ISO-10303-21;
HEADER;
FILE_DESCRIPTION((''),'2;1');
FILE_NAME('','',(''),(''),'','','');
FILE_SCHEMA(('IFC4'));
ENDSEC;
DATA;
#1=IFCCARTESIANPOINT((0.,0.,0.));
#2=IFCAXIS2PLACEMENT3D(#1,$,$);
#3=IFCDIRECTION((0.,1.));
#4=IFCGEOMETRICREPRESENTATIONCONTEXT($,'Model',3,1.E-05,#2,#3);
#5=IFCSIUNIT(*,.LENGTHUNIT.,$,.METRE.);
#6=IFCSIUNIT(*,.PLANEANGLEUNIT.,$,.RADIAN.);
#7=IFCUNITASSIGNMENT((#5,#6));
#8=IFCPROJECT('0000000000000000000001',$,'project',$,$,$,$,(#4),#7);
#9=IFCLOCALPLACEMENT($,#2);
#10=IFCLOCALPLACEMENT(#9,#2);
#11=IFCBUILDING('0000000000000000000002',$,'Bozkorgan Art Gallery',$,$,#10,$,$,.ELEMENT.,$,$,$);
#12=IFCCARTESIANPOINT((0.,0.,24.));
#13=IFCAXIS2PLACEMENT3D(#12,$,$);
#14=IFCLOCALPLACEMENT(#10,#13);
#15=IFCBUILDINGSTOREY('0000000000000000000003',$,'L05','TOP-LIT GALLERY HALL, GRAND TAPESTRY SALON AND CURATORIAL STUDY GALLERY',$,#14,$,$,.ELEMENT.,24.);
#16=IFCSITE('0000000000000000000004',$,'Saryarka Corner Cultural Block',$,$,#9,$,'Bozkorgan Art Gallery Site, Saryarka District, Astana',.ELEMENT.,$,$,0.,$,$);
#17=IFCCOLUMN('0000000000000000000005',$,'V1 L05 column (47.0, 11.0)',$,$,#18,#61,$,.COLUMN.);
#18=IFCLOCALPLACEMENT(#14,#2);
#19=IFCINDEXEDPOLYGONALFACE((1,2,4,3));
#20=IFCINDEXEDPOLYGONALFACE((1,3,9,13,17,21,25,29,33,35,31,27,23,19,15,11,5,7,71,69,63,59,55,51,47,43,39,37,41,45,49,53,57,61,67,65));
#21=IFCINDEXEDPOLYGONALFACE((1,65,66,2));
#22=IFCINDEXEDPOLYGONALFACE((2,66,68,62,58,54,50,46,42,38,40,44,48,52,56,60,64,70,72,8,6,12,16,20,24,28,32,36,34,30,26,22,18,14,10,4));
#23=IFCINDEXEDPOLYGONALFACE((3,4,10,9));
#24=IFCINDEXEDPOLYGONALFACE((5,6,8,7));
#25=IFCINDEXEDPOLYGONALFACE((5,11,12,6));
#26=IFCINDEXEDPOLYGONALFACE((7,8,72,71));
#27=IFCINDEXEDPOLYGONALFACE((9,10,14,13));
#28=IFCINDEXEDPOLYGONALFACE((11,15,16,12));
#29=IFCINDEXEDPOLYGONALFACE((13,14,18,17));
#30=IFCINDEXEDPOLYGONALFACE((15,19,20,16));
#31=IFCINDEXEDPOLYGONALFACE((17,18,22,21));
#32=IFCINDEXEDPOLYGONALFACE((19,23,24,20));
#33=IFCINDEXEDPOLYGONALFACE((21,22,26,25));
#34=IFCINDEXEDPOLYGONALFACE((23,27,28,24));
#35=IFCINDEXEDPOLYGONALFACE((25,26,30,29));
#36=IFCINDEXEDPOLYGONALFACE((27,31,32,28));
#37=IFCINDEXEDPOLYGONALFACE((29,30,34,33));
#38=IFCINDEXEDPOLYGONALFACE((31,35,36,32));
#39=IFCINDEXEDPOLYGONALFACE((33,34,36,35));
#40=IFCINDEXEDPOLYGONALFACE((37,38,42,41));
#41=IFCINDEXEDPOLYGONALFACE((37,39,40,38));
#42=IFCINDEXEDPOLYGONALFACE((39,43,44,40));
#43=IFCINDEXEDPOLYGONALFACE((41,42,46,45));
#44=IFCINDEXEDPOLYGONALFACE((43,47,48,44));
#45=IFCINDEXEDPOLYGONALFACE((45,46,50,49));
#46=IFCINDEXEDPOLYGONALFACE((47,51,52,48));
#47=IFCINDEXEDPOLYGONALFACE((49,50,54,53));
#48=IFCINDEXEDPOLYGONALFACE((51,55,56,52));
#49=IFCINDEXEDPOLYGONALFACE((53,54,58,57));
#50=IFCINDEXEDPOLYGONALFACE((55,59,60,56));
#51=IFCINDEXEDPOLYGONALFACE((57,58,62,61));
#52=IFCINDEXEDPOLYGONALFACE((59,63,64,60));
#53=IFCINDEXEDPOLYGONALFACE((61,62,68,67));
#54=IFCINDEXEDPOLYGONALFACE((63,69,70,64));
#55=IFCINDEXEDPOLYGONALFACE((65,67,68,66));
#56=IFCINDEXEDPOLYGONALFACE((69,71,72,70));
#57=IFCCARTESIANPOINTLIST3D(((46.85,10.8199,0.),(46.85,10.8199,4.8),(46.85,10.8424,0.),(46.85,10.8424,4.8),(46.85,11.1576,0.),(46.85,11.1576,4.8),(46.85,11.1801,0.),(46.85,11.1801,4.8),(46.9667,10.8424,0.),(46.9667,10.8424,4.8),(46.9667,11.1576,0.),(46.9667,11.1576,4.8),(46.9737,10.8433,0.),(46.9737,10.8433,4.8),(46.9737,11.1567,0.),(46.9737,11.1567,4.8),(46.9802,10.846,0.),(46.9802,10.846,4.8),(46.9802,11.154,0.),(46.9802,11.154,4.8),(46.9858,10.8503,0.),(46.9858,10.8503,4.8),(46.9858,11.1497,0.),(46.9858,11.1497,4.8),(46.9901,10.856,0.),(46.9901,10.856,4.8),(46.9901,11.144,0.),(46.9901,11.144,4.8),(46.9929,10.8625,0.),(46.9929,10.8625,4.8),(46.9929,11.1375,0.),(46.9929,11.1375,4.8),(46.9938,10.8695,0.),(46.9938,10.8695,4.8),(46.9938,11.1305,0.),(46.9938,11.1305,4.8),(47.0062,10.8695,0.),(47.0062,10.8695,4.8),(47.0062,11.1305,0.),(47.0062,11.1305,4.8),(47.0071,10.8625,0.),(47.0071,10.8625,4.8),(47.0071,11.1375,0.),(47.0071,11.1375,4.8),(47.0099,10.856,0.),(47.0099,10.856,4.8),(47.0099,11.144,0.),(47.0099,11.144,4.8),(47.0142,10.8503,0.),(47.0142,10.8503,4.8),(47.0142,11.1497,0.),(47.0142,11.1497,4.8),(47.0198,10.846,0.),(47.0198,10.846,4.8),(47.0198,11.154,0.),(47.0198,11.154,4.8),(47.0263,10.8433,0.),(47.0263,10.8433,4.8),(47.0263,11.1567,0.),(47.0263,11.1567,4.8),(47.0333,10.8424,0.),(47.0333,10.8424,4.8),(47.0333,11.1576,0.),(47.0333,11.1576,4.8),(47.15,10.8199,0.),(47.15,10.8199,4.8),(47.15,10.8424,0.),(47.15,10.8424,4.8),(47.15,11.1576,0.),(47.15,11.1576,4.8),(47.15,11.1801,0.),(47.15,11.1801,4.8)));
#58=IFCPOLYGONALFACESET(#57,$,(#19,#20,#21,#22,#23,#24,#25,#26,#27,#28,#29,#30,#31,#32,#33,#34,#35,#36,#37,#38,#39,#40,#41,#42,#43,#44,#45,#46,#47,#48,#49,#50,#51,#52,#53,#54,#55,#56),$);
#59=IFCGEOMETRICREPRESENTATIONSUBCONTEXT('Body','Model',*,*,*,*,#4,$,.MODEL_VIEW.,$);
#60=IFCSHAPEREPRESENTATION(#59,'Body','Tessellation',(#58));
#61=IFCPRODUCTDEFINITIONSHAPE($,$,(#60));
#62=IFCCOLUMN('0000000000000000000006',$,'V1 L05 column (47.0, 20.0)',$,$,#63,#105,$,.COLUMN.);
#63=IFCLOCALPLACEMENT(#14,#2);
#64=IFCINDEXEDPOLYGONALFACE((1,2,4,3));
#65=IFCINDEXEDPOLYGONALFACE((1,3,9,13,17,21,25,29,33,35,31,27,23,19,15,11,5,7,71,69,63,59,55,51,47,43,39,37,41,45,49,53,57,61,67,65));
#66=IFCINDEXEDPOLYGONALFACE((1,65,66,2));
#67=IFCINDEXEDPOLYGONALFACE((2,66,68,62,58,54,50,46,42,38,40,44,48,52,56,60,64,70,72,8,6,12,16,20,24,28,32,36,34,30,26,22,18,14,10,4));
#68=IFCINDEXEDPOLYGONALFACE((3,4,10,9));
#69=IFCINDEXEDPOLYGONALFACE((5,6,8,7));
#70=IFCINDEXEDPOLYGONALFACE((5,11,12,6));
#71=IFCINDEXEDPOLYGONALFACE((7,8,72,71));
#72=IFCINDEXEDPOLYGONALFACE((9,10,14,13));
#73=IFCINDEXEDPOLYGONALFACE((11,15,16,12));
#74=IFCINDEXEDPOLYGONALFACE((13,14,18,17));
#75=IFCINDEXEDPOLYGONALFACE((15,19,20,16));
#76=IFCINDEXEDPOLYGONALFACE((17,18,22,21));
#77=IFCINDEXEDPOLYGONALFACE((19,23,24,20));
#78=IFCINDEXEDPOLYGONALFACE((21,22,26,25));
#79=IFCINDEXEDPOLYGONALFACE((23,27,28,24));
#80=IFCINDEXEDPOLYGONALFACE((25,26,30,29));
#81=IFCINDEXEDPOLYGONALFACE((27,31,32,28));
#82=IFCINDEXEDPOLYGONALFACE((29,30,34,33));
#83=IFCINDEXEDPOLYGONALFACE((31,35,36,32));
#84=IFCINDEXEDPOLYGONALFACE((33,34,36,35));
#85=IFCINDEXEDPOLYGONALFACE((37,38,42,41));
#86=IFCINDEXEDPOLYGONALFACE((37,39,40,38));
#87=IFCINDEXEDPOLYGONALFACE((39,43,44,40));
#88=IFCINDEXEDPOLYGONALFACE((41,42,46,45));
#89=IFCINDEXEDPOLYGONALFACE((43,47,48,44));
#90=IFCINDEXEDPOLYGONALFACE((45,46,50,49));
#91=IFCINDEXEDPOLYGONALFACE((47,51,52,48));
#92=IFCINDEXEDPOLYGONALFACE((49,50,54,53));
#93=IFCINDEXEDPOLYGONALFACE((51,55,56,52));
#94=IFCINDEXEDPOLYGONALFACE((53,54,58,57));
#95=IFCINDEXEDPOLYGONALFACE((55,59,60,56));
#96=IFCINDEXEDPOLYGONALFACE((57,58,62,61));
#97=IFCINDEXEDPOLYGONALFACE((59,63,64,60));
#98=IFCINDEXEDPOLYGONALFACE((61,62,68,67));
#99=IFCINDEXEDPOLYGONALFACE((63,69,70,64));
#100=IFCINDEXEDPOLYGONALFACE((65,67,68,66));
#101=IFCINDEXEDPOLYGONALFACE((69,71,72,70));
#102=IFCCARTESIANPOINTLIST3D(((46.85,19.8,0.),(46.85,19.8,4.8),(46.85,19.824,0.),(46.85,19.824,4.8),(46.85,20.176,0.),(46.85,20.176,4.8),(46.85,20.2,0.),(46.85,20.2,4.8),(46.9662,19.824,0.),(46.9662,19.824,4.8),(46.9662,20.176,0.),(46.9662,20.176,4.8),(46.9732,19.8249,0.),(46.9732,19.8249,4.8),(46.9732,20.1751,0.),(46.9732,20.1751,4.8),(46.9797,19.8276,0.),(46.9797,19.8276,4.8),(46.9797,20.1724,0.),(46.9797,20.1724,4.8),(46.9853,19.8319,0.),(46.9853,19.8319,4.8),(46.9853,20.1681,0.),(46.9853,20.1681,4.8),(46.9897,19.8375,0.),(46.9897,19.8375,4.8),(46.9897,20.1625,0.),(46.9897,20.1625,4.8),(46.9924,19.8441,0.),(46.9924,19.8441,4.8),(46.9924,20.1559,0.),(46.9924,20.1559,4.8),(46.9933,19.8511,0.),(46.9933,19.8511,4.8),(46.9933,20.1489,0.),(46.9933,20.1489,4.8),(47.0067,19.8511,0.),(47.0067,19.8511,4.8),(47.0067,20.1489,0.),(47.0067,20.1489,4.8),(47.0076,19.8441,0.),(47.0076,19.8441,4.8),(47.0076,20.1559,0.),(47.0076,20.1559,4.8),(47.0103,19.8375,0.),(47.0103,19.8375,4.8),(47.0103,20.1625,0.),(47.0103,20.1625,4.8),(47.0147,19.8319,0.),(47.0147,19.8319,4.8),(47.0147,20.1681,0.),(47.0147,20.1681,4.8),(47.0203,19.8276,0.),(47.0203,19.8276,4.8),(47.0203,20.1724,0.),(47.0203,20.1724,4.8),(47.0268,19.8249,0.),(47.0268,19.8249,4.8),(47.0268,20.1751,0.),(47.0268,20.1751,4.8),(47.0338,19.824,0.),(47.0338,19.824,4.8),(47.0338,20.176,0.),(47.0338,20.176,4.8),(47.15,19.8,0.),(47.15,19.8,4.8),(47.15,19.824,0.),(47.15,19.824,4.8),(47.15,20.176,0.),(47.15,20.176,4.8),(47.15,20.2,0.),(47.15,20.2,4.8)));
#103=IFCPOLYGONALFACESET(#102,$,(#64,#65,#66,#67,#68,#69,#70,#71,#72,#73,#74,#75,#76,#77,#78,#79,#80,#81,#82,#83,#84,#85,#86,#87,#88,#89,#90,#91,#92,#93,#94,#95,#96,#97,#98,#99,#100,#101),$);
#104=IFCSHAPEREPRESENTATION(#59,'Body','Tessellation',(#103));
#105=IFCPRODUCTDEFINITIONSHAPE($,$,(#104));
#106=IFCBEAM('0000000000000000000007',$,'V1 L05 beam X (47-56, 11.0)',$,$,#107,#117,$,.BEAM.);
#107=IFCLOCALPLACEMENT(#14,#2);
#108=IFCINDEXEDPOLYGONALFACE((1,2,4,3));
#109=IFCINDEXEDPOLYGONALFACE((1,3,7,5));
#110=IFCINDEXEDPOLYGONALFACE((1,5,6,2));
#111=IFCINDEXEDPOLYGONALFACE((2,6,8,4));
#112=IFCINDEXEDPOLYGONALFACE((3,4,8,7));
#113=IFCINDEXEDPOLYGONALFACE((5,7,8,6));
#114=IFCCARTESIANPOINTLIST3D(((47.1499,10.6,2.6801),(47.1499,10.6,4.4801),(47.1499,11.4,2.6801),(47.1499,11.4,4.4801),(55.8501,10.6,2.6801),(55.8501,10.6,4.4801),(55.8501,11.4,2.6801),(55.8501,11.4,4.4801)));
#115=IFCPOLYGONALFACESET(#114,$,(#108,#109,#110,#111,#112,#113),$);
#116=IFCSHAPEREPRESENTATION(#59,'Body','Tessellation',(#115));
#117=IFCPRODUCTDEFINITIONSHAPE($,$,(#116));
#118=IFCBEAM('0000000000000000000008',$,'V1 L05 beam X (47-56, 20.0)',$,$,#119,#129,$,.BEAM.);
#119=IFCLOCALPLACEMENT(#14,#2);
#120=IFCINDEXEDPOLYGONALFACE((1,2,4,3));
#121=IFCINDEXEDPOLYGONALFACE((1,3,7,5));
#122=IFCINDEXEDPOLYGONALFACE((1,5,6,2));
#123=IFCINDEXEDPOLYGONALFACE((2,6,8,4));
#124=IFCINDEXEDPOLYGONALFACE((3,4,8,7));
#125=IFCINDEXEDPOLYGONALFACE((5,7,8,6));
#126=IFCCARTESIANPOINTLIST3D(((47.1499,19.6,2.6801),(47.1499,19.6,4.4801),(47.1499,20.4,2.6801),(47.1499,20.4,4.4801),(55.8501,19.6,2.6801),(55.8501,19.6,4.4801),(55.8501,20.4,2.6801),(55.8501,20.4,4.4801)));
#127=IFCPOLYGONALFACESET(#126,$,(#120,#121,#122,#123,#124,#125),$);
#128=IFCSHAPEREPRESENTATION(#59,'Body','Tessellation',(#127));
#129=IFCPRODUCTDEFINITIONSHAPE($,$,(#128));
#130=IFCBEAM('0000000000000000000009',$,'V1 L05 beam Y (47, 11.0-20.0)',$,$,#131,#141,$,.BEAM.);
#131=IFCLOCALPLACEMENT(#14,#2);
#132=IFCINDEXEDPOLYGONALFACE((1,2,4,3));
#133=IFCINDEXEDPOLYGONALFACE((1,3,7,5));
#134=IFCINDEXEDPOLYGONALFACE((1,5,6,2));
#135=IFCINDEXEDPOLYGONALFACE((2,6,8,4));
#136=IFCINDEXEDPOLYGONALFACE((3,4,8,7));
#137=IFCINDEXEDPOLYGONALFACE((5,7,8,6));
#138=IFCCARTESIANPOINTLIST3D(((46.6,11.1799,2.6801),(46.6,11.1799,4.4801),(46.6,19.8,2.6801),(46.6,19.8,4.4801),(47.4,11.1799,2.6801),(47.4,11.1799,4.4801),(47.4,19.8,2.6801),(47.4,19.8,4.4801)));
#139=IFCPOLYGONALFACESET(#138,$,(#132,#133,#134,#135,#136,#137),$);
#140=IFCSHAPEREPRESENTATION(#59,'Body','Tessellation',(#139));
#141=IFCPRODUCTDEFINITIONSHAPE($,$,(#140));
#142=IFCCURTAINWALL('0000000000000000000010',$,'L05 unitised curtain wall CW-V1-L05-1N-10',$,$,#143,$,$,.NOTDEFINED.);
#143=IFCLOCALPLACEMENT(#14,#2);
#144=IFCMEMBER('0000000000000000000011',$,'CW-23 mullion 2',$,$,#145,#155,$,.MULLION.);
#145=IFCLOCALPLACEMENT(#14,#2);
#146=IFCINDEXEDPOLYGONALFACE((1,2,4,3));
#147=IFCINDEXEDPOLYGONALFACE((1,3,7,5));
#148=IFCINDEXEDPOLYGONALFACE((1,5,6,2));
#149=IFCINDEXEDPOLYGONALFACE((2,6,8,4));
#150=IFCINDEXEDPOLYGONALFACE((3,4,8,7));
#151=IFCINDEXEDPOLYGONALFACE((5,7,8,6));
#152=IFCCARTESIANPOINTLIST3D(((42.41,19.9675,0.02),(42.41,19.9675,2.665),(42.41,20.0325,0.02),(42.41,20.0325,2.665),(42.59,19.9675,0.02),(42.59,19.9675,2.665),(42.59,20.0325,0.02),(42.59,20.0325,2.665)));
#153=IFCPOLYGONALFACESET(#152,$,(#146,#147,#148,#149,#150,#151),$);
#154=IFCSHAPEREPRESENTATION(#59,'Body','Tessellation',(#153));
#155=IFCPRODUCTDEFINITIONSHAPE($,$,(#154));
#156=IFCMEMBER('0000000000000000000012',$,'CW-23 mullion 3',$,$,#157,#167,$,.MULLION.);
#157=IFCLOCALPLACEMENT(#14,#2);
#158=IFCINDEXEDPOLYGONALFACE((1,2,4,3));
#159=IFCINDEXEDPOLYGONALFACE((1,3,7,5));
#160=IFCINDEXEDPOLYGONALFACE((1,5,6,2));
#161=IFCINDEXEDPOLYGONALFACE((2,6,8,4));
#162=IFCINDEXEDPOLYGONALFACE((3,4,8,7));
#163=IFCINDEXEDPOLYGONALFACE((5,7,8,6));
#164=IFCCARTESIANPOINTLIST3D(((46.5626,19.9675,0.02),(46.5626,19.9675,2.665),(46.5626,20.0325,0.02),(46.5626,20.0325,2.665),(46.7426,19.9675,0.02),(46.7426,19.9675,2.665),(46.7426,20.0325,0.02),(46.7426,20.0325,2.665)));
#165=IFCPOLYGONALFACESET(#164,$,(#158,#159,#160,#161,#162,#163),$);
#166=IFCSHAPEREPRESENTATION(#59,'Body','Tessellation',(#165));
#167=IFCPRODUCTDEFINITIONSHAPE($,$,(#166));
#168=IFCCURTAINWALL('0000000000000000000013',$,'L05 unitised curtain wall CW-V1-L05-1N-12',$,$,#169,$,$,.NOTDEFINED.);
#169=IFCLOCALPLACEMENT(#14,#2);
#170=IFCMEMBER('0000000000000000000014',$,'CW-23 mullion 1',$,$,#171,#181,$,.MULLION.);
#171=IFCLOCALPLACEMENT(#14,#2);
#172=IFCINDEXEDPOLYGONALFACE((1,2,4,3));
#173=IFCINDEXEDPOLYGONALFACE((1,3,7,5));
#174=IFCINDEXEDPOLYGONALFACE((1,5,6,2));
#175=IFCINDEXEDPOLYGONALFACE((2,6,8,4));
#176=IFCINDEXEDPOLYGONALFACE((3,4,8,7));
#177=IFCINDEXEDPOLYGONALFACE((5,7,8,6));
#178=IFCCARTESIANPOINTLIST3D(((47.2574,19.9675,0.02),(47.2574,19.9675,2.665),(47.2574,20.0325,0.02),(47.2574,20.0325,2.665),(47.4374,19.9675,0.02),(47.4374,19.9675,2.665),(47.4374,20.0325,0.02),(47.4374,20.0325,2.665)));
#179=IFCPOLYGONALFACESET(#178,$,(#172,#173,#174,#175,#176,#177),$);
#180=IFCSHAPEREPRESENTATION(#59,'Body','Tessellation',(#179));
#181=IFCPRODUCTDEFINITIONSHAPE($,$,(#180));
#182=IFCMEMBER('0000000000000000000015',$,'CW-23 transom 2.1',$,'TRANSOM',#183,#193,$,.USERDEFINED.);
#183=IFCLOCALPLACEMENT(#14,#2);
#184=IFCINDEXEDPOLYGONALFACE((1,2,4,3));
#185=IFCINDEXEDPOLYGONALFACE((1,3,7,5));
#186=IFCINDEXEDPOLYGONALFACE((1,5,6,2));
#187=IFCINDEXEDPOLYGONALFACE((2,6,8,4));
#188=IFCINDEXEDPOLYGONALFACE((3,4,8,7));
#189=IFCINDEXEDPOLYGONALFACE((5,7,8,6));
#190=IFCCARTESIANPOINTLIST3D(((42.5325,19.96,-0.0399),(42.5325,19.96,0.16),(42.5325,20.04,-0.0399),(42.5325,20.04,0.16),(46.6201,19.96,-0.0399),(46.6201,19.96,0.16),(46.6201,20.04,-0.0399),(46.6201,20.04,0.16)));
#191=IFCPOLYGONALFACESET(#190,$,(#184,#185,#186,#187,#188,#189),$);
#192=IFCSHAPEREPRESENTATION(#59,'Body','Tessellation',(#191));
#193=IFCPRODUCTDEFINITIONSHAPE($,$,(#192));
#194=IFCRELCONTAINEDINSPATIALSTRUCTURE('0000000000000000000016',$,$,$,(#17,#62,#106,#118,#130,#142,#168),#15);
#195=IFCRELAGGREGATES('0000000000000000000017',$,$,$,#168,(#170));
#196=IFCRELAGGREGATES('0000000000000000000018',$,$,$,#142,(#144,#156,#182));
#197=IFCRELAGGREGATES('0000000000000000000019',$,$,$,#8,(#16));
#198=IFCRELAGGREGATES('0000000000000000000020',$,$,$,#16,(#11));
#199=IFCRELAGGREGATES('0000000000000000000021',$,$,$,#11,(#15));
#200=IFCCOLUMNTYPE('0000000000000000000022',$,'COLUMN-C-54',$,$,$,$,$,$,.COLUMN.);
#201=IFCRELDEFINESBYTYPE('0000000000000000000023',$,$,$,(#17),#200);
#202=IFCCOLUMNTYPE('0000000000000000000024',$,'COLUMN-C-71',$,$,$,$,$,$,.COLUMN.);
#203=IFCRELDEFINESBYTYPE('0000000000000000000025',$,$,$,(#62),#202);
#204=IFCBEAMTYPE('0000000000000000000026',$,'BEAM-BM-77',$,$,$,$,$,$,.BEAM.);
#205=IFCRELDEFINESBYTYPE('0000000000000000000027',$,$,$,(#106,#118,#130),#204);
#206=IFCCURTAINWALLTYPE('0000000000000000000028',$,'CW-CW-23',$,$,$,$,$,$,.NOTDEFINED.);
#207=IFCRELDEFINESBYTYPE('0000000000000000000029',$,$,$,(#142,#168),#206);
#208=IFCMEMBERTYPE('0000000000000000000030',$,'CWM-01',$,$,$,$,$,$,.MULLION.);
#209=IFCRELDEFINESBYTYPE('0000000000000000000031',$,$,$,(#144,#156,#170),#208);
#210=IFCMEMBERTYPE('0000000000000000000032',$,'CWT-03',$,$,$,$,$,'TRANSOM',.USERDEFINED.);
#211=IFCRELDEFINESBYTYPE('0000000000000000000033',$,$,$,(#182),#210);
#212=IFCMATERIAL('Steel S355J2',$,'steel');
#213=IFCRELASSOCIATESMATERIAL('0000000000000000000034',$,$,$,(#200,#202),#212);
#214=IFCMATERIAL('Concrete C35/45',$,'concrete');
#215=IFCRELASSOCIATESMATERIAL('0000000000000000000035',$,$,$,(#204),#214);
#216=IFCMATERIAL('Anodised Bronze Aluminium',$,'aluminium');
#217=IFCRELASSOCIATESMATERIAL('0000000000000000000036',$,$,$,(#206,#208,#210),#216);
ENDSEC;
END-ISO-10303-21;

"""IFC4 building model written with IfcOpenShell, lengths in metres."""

from ifc_helpers import new_model, si_unit, direction, frame, origin, origin_2d, place, context, subcontext, project, spatial, rectangle, i_section, extrude, material, material_profile, profile_set, type_object, element, aggregate, save


model = new_model("IFC4")

# Units and contexts
model_context = context("Model", 3, precision=1e-05, world=origin(), true_north=direction((0.0, 1.0)))
body_context = subcontext(model_context, "Body", "Model", "MODEL_VIEW")
ifc_project = project(units=[si_unit("LENGTHUNIT", "METRE"), si_unit("PLANEANGLEUNIT", "RADIAN")], contexts=[model_context])

# Site, building, storey
site_placement = place(None, origin())
site = spatial("IfcSite", under=ifc_project, at=site_placement, Name="Saryarka Corner Cultural Block", LongName="Bozkorgan Art Gallery Site, Saryarka District, Astana", CompositionType="ELEMENT", RefElevation=0.0)
building_placement = place(site_placement, origin())
building = spatial("IfcBuilding", under=site, at=building_placement, Name="Bozkorgan Art Gallery", CompositionType="ELEMENT")
storey_placement = place(building_placement, frame((0.0, 0.0, 24.0)))
storey = spatial("IfcBuildingStorey", under=building, at=storey_placement, Name="L05", Description="TOP-LIT GALLERY HALL, GRAND TAPESTRY SALON AND CURATORIAL STUDY GALLERY", CompositionType="ELEMENT", Elevation=24.0)

# Columns
ifc_material_1 = material(Name="Steel S355J2", Category="steel")
ifc_material_profile_1 = material_profile(ifc_material_1, i_section(OverallWidth=0.3, OverallDepth=0.3601, WebThickness=0.0125, FlangeThickness=0.0225, FilletRadius=0.0271, at=origin_2d()), Name="HEB 360")
ifc_profile_set_1 = profile_set([ifc_material_profile_1], Name="Steel S355J2")
column_type_1 = type_object("IfcColumnType", Name="COLUMN-C-54", PredefinedType="COLUMN", material=ifc_profile_set_1)
column_1_placement = place(storey_placement, frame((47.0, 11.0, 0.0), z_axis=(0.0, 0.0, 1.0), x_axis=(1.0, 0.0, 0.0)))
element("IfcColumn", 1, at=column_1_placement, inside=storey, type_object=column_type_1, Name="V1 L05 column (47.0, 11.0)", PredefinedType="COLUMN", context=body_context, shape_type="SweptSolid", body=[
    extrude(i_section(OverallWidth=0.3, OverallDepth=0.3601, WebThickness=0.0125, FlangeThickness=0.0225, FilletRadius=0.0271, at=origin_2d()), origin(), (0.0, 0.0, 1.0), 4.8),
])
ifc_material_profile_2 = material_profile(ifc_material_1, i_section(OverallWidth=0.3, OverallDepth=0.3999, WebThickness=0.0134, FlangeThickness=0.0239, FilletRadius=0.0271, at=origin_2d()), Name="HEB 400")
ifc_profile_set_2 = profile_set([ifc_material_profile_2], Name="Steel S355J2")
column_type_2 = type_object("IfcColumnType", Name="COLUMN-C-71", PredefinedType="COLUMN", material=ifc_profile_set_2)
column_2_placement = place(storey_placement, frame((47.0, 20.0, 0.0), z_axis=(0.0, 0.0, 1.0), x_axis=(1.0, 0.0, 0.0)))
element("IfcColumn", 2, at=column_2_placement, inside=storey, type_object=column_type_2, Name="V1 L05 column (47.0, 20.0)", PredefinedType="COLUMN", context=body_context, shape_type="SweptSolid", body=[
    extrude(i_section(OverallWidth=0.3, OverallDepth=0.3999, WebThickness=0.0134, FlangeThickness=0.0239, FilletRadius=0.0271, at=origin_2d()), origin(), (0.0, 0.0, 1.0), 4.8),
])

# Beams
ifc_material_2 = material(Name="Concrete C35/45", Category="concrete")
ifc_material_profile_3 = material_profile(ifc_material_2, rectangle(XDim=0.8, YDim=1.8, at=origin_2d()), Name="RC 800x1800")
ifc_profile_set_3 = profile_set([ifc_material_profile_3], Name="Concrete C35/45")
beam_type = type_object("IfcBeamType", Name="BEAM-BM-77", PredefinedType="BEAM", material=ifc_profile_set_3)
for number, where, z_axis, x_axis, name in (
    (3, (47.1499, 11.0, 3.5801), (1.0, 0.0, 0.0), (0.0, 1.0, 0.0), "V1 L05 beam X (47-56, 11.0)"),
    (4, (47.1499, 20.0, 3.5801), (1.0, 0.0, 0.0), (0.0, 1.0, 0.0), "V1 L05 beam X (47-56, 20.0)"),
):
    element("IfcBeam", number, at=place(storey_placement, frame(where, z_axis=z_axis, x_axis=x_axis)), inside=storey, type_object=beam_type, Name=name, PredefinedType="BEAM", context=body_context, shape_type="SweptSolid", body=[
        extrude(rectangle(XDim=0.8, YDim=1.8, at=origin_2d()), origin(), (0.0, 0.0, 1.0), 8.7002),
    ])
beam_placement = place(storey_placement, frame((47.0, 11.1799, 3.5801), z_axis=(0.0, 1.0, 0.0), x_axis=(-1.0, 0.0, 0.0)))
element("IfcBeam", 5, at=beam_placement, inside=storey, type_object=beam_type, Name="V1 L05 beam Y (47, 11.0-20.0)", PredefinedType="BEAM", context=body_context, shape_type="SweptSolid", body=[
    extrude(rectangle(XDim=0.8, YDim=1.8, at=origin_2d()), origin(), (0.0, 0.0, 1.0), 8.6201),
])

# Curtain wall, members
ifc_material_3 = material(Name="Anodised Bronze Aluminium", Category="aluminium")
curtain_wall_type = type_object("IfcCurtainWallType", Name="CW-CW-23", PredefinedType="NOTDEFINED", material=ifc_material_3)
curtain_wall_1_placement = place(storey_placement, origin())
curtain_wall_1 = element("IfcCurtainWall", 6, at=curtain_wall_1_placement, inside=storey, type_object=curtain_wall_type, Name="L05 unitised curtain wall CW-V1-L05-1N-10", PredefinedType="NOTDEFINED")
ifc_material_profile_4 = material_profile(ifc_material_3, rectangle(XDim=0.0649, YDim=0.1799, at=origin_2d()), Name="ALU MULLION 65x180")
ifc_profile_set_4 = profile_set([ifc_material_profile_4], Name="Anodised Bronze Aluminium")
member_type_1 = type_object("IfcMemberType", Name="CWM-01", PredefinedType="MULLION", material=ifc_profile_set_4)
member_1_placement = place(storey_placement, frame((42.5, 20.0, 0.02), z_axis=(0.0, 0.0, 1.0), x_axis=(0.0, 1.0, 0.0)))
member_1 = element("IfcMember", 7, at=member_1_placement, type_object=member_type_1, Name="CW-23 mullion 2", PredefinedType="MULLION", context=body_context, shape_type="SweptSolid", body=[
    extrude(rectangle(XDim=0.0649, YDim=0.1799, at=origin_2d()), origin(), (0.0, 0.0, 1.0), 2.645),
])
member_2_placement = place(storey_placement, frame((46.6526, 20.0, 0.02), z_axis=(0.0, 0.0, 1.0), x_axis=(0.0, 1.0, 0.0)))
member_2 = element("IfcMember", 8, at=member_2_placement, type_object=member_type_1, Name="CW-23 mullion 3", PredefinedType="MULLION", context=body_context, shape_type="SweptSolid", body=[
    extrude(rectangle(XDim=0.0649, YDim=0.1799, at=origin_2d()), origin(), (0.0, 0.0, 1.0), 2.645),
])

# Curtain wall, member
curtain_wall_2_placement = place(storey_placement, origin())
curtain_wall_2 = element("IfcCurtainWall", 9, at=curtain_wall_2_placement, inside=storey, type_object=curtain_wall_type, Name="L05 unitised curtain wall CW-V1-L05-1N-12", PredefinedType="NOTDEFINED")
member_3_placement = place(storey_placement, frame((47.3474, 20.0, 0.02), z_axis=(0.0, 0.0, 1.0), x_axis=(0.0, 1.0, 0.0)))
member_3 = element("IfcMember", 10, at=member_3_placement, type_object=member_type_1, Name="CW-23 mullion 1", PredefinedType="MULLION", context=body_context, shape_type="SweptSolid", body=[
    extrude(rectangle(XDim=0.0649, YDim=0.1799, at=origin_2d()), origin(), (0.0, 0.0, 1.0), 2.645),
])

# Member
ifc_material_profile_5 = material_profile(ifc_material_3, rectangle(XDim=0.0801, YDim=0.2, at=origin_2d()), Name="ALU TRANSOM 80x200")
ifc_profile_set_5 = profile_set([ifc_material_profile_5], Name="Anodised Bronze Aluminium")
member_type_2 = type_object("IfcMemberType", Name="CWT-03", ElementType="TRANSOM", PredefinedType="USERDEFINED", material=ifc_profile_set_5)
member_4_placement = place(storey_placement, frame((42.5325, 20.0, 0.0601), z_axis=(1.0, 0.0, 0.0), x_axis=(0.0, 1.0, 0.0)))
member_4 = element("IfcMember", 11, at=member_4_placement, type_object=member_type_2, Name="CW-23 transom 2.1", ObjectType="TRANSOM", PredefinedType="USERDEFINED", context=body_context, shape_type="SweptSolid", body=[
    extrude(rectangle(XDim=0.0801, YDim=0.2, at=origin_2d()), origin(), (0.0, 0.0, 1.0), 4.0876),
])
aggregate(curtain_wall_2, [member_3])

aggregate(curtain_wall_1, [member_1, member_2, member_4])

save(model, "model.ifc")
